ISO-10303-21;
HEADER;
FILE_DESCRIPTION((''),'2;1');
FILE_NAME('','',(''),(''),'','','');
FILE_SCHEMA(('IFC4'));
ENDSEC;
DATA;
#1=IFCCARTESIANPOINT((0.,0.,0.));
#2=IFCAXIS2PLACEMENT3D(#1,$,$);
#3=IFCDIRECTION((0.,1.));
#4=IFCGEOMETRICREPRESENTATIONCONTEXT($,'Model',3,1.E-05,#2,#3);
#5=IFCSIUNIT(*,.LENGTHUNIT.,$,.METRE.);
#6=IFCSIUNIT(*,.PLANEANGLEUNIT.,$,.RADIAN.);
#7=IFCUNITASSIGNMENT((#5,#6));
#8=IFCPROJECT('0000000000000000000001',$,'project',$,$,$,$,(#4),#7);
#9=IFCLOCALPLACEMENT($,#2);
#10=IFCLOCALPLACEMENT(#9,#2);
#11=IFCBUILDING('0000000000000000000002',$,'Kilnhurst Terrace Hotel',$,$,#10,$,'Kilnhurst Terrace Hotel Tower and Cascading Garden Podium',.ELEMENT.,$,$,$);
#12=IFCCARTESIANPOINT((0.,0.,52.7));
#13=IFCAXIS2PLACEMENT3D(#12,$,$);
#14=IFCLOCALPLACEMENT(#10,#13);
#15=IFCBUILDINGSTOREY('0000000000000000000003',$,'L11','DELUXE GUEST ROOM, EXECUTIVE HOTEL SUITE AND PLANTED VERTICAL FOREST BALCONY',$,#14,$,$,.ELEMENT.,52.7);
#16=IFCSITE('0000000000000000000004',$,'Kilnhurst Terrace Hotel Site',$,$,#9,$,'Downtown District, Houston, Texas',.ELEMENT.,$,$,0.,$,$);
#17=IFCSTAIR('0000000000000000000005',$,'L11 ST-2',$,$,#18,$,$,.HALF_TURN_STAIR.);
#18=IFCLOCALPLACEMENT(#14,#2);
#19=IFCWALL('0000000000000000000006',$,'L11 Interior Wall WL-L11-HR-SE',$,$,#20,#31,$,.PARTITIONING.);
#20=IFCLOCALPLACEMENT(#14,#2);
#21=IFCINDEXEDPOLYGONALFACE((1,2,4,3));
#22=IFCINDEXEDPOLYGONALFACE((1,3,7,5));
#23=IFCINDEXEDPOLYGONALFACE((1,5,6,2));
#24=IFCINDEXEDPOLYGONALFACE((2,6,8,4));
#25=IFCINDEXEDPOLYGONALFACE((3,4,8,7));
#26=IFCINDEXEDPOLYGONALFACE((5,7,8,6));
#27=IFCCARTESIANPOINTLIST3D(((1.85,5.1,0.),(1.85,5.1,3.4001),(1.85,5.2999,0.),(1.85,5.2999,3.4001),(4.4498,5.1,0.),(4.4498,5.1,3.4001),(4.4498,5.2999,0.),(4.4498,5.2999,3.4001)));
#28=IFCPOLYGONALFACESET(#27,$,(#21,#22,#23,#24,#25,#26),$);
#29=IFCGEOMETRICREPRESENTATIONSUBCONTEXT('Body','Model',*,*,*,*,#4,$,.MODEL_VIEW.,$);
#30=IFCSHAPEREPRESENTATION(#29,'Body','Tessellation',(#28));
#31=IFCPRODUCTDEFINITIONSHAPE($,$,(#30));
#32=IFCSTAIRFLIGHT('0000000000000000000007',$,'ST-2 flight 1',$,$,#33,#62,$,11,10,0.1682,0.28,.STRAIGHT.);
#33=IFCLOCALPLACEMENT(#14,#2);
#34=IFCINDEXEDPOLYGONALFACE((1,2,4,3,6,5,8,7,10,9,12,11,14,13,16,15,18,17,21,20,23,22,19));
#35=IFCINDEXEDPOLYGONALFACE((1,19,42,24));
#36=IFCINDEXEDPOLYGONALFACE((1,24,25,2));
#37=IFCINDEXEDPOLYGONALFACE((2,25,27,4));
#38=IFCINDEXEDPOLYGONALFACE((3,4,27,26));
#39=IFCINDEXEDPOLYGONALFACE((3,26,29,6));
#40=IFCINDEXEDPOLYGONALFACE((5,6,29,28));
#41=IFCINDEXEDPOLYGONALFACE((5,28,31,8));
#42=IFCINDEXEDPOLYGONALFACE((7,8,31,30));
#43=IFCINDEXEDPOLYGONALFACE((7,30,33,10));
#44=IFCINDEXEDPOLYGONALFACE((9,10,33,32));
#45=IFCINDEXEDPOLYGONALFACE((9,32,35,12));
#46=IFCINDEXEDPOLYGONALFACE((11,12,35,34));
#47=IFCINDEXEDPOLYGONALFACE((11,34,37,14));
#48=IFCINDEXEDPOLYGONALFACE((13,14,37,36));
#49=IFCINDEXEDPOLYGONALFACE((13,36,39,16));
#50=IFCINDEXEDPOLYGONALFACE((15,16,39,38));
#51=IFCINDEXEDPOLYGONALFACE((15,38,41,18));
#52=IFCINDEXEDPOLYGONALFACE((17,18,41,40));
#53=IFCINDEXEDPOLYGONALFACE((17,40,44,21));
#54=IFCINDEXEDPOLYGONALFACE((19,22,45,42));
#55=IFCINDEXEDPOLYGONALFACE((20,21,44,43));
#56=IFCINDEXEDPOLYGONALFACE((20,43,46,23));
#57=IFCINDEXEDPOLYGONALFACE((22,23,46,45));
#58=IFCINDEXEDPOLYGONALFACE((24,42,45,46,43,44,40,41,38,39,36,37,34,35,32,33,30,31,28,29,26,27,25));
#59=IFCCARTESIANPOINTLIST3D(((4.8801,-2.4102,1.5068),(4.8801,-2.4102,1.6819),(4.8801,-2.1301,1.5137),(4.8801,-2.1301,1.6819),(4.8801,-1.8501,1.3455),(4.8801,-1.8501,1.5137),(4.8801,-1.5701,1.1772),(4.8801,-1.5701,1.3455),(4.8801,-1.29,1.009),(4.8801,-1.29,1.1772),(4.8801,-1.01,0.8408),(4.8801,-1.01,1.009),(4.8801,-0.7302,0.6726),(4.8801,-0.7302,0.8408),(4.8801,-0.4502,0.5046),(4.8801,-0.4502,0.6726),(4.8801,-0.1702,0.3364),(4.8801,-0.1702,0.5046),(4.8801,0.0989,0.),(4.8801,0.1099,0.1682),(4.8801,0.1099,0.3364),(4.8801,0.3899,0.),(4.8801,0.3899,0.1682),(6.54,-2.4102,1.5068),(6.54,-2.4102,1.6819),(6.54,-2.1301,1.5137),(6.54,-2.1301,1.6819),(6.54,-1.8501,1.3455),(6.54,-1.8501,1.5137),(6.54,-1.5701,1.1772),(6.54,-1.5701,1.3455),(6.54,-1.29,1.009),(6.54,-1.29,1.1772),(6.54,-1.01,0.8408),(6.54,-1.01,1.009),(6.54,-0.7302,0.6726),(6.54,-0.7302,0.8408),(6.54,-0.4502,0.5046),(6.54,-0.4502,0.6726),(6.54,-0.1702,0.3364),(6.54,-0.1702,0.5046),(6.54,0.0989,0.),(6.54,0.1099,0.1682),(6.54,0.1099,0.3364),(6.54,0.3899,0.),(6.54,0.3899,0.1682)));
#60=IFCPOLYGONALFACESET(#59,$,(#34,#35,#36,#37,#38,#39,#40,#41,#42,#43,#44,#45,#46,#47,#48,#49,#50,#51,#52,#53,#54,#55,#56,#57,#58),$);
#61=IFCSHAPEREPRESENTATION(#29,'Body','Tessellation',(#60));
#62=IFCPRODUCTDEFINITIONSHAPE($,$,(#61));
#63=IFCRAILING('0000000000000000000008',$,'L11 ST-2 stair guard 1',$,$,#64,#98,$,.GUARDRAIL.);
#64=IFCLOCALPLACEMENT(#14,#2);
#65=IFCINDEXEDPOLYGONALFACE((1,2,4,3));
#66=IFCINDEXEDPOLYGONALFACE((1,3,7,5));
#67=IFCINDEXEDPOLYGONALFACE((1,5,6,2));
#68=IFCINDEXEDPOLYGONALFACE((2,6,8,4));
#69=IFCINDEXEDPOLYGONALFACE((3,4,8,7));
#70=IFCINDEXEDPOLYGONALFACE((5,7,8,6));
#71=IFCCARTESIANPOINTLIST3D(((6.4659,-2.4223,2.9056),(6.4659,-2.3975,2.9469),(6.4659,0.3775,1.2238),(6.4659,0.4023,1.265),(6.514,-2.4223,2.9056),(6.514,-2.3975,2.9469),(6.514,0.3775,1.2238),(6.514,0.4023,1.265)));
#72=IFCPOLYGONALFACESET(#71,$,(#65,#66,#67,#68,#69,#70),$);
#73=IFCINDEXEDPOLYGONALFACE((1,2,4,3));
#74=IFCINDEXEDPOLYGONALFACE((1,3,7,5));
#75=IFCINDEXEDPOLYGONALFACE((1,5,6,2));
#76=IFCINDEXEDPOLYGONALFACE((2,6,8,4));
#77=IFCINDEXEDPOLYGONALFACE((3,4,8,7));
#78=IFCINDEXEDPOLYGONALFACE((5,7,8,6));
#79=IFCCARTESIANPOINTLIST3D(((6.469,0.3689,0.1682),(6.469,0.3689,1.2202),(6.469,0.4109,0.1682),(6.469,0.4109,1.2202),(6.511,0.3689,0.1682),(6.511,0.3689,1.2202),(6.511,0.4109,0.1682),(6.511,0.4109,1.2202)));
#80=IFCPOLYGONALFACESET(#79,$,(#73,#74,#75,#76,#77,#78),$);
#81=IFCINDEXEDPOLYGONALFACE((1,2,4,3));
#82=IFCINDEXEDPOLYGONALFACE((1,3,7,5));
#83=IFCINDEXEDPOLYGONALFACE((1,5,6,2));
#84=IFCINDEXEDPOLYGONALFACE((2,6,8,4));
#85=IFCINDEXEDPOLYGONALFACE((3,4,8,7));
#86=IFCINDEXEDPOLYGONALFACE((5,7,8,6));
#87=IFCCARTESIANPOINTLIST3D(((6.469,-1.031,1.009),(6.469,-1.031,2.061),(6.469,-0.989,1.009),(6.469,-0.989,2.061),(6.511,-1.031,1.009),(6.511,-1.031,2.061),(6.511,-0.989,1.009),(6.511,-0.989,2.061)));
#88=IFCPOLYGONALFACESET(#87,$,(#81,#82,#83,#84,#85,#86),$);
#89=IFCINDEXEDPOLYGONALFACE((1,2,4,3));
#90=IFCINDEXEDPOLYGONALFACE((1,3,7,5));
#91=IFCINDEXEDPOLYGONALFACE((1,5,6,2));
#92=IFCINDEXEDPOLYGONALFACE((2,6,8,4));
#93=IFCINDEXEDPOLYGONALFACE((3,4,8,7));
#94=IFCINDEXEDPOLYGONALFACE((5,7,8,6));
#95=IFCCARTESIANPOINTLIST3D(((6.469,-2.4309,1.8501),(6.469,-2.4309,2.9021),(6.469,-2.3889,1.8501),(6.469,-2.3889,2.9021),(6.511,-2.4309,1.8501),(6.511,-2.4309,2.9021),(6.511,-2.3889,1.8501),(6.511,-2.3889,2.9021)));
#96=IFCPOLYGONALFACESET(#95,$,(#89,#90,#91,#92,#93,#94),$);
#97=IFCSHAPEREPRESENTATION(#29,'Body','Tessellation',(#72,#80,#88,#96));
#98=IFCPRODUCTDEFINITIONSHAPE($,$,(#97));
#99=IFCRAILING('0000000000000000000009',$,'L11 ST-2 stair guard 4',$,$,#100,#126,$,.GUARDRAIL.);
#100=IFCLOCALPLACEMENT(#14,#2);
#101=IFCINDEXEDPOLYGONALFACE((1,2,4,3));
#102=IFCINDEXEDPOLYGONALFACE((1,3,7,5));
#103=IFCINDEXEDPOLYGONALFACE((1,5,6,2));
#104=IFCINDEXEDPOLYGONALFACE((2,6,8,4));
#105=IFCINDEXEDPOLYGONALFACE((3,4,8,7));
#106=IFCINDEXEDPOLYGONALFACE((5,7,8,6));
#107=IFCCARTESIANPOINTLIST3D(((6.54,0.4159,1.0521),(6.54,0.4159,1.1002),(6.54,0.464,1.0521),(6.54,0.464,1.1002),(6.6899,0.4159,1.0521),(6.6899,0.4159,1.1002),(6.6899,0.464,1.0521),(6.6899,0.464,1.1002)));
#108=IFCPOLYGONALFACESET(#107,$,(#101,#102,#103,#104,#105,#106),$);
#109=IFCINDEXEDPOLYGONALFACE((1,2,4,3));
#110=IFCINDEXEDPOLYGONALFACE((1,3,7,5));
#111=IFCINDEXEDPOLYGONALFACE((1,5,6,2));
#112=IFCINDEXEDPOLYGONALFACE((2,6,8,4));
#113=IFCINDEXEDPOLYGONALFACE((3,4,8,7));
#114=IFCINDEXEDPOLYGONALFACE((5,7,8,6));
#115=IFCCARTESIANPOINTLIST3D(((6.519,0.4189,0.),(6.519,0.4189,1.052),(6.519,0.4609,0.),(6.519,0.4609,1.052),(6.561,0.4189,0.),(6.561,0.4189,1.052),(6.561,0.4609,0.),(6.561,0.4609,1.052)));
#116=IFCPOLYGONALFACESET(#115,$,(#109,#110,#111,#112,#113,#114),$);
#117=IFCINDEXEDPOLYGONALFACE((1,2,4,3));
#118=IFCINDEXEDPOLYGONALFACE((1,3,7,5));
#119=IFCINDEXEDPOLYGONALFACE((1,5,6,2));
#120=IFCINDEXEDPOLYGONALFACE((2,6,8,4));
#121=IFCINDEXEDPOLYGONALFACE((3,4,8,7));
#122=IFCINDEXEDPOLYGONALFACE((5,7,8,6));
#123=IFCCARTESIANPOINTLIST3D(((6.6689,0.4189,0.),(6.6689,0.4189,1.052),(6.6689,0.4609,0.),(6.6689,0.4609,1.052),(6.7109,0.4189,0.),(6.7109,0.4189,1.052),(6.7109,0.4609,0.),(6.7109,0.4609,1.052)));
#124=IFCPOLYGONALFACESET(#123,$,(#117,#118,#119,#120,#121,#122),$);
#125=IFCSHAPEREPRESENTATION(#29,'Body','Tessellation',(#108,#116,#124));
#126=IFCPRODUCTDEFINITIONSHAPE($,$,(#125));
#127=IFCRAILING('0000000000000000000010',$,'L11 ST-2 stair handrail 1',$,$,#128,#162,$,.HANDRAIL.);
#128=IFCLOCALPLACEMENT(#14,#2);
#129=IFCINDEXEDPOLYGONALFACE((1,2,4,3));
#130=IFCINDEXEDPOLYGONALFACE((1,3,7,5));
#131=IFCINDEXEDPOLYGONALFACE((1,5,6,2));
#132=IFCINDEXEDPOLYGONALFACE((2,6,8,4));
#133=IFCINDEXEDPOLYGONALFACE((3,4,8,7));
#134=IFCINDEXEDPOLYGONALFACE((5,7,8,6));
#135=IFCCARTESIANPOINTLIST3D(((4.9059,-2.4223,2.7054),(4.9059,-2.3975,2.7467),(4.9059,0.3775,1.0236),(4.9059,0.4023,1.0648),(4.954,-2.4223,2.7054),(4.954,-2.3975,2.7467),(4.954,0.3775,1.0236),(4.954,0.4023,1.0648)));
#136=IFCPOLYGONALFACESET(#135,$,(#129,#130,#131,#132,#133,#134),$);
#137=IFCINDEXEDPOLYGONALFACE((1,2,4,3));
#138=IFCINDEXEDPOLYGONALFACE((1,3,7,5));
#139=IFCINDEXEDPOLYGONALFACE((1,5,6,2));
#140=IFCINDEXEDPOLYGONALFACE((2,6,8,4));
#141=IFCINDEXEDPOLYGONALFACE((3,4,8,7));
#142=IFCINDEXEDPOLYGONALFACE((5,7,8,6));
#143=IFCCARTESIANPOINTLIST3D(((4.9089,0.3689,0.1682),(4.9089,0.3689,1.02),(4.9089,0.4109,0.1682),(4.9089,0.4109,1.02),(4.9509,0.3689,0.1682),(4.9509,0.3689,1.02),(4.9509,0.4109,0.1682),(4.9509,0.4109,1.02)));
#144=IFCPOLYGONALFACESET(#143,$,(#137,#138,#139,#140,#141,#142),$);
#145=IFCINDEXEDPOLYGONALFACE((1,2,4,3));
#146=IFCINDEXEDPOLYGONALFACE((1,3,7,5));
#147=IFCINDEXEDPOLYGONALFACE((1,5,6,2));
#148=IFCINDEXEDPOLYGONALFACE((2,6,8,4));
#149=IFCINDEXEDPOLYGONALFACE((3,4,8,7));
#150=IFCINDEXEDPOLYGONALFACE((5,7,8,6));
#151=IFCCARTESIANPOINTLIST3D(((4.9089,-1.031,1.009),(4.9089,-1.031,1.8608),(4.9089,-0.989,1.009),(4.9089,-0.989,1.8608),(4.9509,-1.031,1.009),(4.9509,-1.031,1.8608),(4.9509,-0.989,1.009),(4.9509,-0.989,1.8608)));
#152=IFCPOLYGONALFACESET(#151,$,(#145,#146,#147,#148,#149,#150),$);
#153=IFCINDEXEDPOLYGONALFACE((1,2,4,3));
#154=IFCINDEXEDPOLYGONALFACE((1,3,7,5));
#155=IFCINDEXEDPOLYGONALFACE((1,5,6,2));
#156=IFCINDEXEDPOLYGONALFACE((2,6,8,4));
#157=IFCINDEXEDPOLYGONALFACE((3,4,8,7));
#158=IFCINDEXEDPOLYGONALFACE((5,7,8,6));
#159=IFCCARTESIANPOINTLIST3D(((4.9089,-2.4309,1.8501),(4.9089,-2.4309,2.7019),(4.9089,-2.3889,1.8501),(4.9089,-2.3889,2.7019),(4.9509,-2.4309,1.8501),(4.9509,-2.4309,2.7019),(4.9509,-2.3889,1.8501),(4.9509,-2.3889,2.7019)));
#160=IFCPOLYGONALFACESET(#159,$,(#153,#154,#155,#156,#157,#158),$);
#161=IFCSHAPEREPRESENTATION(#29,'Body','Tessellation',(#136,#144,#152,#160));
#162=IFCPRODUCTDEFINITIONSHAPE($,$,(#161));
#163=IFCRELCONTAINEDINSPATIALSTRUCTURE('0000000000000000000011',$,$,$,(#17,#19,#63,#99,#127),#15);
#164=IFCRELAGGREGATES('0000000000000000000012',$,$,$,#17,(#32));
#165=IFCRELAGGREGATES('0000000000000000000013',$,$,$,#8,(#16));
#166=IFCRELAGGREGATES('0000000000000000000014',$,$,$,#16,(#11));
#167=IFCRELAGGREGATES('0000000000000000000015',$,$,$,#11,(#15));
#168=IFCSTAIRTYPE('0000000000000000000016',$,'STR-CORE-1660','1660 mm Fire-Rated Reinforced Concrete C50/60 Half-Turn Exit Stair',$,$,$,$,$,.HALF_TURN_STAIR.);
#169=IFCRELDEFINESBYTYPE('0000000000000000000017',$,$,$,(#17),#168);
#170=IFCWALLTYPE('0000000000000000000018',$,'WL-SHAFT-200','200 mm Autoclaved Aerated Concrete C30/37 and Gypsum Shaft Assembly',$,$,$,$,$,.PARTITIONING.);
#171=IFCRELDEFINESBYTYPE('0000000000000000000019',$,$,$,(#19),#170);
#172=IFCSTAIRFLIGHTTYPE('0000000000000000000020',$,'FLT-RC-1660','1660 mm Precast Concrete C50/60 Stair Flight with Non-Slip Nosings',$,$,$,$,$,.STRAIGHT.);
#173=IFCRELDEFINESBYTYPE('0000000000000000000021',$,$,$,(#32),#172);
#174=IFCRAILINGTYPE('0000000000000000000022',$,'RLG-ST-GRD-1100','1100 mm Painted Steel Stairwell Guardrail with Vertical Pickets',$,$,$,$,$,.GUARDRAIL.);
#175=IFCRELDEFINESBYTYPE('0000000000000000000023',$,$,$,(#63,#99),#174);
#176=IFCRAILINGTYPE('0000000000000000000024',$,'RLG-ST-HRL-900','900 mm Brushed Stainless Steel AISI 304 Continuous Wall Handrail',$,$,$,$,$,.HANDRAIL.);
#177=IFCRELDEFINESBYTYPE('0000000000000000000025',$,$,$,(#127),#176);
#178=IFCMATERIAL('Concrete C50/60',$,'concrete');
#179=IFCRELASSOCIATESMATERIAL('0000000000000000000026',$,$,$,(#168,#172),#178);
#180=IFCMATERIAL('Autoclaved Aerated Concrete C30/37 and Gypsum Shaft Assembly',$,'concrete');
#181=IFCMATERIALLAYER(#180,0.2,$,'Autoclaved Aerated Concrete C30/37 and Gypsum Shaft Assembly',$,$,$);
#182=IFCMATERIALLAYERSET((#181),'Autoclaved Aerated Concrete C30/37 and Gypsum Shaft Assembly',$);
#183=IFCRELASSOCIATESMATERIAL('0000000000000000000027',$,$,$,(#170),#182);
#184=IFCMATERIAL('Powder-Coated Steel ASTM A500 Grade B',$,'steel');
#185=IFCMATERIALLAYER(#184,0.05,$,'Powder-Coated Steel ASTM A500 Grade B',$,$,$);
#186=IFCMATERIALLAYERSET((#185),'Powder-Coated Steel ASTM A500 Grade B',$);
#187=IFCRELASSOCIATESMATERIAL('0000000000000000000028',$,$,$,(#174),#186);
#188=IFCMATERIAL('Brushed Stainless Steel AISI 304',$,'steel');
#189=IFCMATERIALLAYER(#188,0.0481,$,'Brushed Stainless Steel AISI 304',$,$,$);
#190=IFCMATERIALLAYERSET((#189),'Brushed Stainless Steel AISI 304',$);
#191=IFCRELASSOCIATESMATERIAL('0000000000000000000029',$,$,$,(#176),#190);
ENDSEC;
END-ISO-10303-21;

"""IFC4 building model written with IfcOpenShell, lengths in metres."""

from ifc_helpers import new_model, si_unit, direction, frame, frame_2d, origin, origin_2d, place, context, subcontext, project, spatial, polyline, rectangle, outline, extrude, material, layer, layer_set, type_object, element, aggregate, save


model = new_model("IFC4")

# Units and contexts
model_context = context("Model", 3, precision=1e-05, world=origin(), true_north=direction((0.0, 1.0)))
body_context = subcontext(model_context, "Body", "Model", "MODEL_VIEW")
ifc_project = project(units=[si_unit("LENGTHUNIT", "METRE"), si_unit("PLANEANGLEUNIT", "RADIAN")], contexts=[model_context])

# Site, building, storey
site_placement = place(None, origin())
site = spatial("IfcSite", under=ifc_project, at=site_placement, Name="Kilnhurst Terrace Hotel Site", LongName="Downtown District, Houston, Texas", CompositionType="ELEMENT", RefElevation=0.0)
building_placement = place(site_placement, origin())
building = spatial("IfcBuilding", under=site, at=building_placement, Name="Kilnhurst Terrace Hotel", LongName="Kilnhurst Terrace Hotel Tower and Cascading Garden Podium", CompositionType="ELEMENT")
storey_placement = place(building_placement, frame((0.0, 0.0, 52.7)))
storey = spatial("IfcBuildingStorey", under=building, at=storey_placement, Name="L11", Description="DELUXE GUEST ROOM, EXECUTIVE HOTEL SUITE AND PLANTED VERTICAL FOREST BALCONY", CompositionType="ELEMENT", Elevation=52.7)

# Shared definitions
ifc_material_1 = material(Name="Concrete C50/60", Category="concrete")

# Stair
stair_type = type_object("IfcStairType", Name="STR-CORE-1660", Description="1660 mm Fire-Rated Reinforced Concrete C50/60 Half-Turn Exit Stair", PredefinedType="HALF_TURN_STAIR", material=ifc_material_1)
stair_1_placement = place(storey_placement, origin())
stair_1 = element("IfcStair", 1, at=stair_1_placement, inside=storey, type_object=stair_type, Name="L11 ST-2", PredefinedType="HALF_TURN_STAIR")

# Shared definitions
ifc_material_2 = material(Name="Autoclaved Aerated Concrete C30/37 and Gypsum Shaft Assembly", Category="concrete")
ifc_layer_1 = layer(ifc_material_2, 0.2, Name="Autoclaved Aerated Concrete C30/37 and Gypsum Shaft Assembly")
ifc_layer_set_1 = layer_set([ifc_layer_1], Name="Autoclaved Aerated Concrete C30/37 and Gypsum Shaft Assembly")
wall_type_1 = type_object("IfcWallType", Name="WL-SHAFT-200", Description="200 mm Autoclaved Aerated Concrete C30/37 and Gypsum Shaft Assembly", PredefinedType="PARTITIONING", material=ifc_layer_set_1)

# Wall
wall_1_placement = place(storey_placement, frame((1.8501, 5.2, 0.0), z_axis=(0.0, 0.0, 1.0), x_axis=(1.0, 0.0, 0.0)))
element("IfcWall", 2, at=wall_1_placement, inside=storey, type_object=wall_type_1, Name="L11 Interior Wall WL-L11-HR-SE", PredefinedType="PARTITIONING", context=body_context, shape_type="SweptSolid", body=[
    extrude(rectangle(XDim=2.5999, YDim=0.2, at=frame_2d((1.2998, 0.0))), origin(), (0.0, 0.0, 1.0), 3.4001),
])

# Stair flight
stair_flight_type = type_object("IfcStairFlightType", Name="FLT-RC-1660", Description="1660 mm Precast Concrete C50/60 Stair Flight with Non-Slip Nosings", PredefinedType="STRAIGHT", material=ifc_material_1)
stair_flight_placement = place(storey_placement, frame((5.71, 0.3899, 0.0), z_axis=(0.0, 0.0, 1.0), x_axis=(0.0, -1.0, 0.0)))
stair_flight = element("IfcStairFlight", 3, at=stair_flight_placement, type_object=stair_flight_type, Name="ST-2 flight 1", NumberOfRisers=11, NumberOfTreads=10, PredefinedType="STRAIGHT", RiserHeight=0.1682, TreadLength=0.28, context=body_context, shape_type="SweptSolid", body=[
    extrude(outline(polyline([(0.0, 0.0), (0.0, 0.1682), (0.28, 0.1682), (0.28, 0.3364), (0.5601, 0.3364), (0.5601, 0.5046), (0.8401, 0.5046), (0.8401, 0.6726), (1.1201, 0.6726), (1.1201, 0.8408), (1.3999, 0.8408), (1.3999, 1.009), (1.6799, 1.009), (1.6799, 1.1772), (1.96, 1.1772), (1.96, 1.3455), (2.24, 1.3455), (2.24, 1.5137), (2.52, 1.5137), (2.52, 1.6819), (2.8, 1.6819), (2.8, 1.8501), (2.8, 1.5068), (0.291, 0.0), (0.0, 0.0)])), frame((0.0, 0.8301, 0.0), z_axis=(0.0, -1.0, 0.0), x_axis=(1.0, 0.0, 0.0)), (0.0, 0.0, 1.0), 1.6599),
])
aggregate(stair_1, [stair_flight])

# Railings
ifc_material_3 = material(Name="Powder-Coated Steel ASTM A500 Grade B", Category="steel")
ifc_layer_2 = layer(ifc_material_3, 0.05, Name="Powder-Coated Steel ASTM A500 Grade B")
ifc_layer_set_2 = layer_set([ifc_layer_2], Name="Powder-Coated Steel ASTM A500 Grade B")
railing_type_1 = type_object("IfcRailingType", Name="RLG-ST-GRD-1100", Description="1100 mm Painted Steel Stairwell Guardrail with Vertical Pickets", PredefinedType="GUARDRAIL", material=ifc_layer_set_2)
railing_1_placement = place(storey_placement, frame((6.49, 0.3899, 0.1682)))
element("IfcRailing", 4, at=railing_1_placement, inside=storey, type_object=railing_type_1, Name="L11 ST-2 stair guard 1", PredefinedType="GUARDRAIL", context=body_context, shape_type="SweptSolid", body=[
    extrude(rectangle(XDim=0.0481, YDim=0.0481, at=origin_2d()), frame((0.0, 0.0, 1.0762), z_axis=(0.0, -0.857222, 0.514946), x_axis=(1.0, 0.0, 0.0)), (0.0, 0.0, 1.0), 3.2661),
    extrude(rectangle(XDim=0.042, YDim=0.042, at=origin_2d()), origin(), (0.0, 0.0, 1.0), 1.052),
    extrude(rectangle(XDim=0.042, YDim=0.042, at=origin_2d()), frame((0.0, -1.3999, 0.8408)), (0.0, 0.0, 1.0), 1.052),
    extrude(rectangle(XDim=0.042, YDim=0.042, at=origin_2d()), frame((0.0, -2.7998, 1.6819)), (0.0, 0.0, 1.0), 1.052),
])
railing_2_placement = place(storey_placement, frame((6.54, 0.4399, 0.0)))
element("IfcRailing", 5, at=railing_2_placement, inside=storey, type_object=railing_type_1, Name="L11 ST-2 stair guard 4", PredefinedType="GUARDRAIL", context=body_context, shape_type="SweptSolid", body=[
    extrude(rectangle(XDim=0.0481, YDim=0.0481, at=origin_2d()), frame((0.0, 0.0, 1.0762), z_axis=(1.0, 0.0, 0.0), x_axis=(0.0, 1.0, 0.0)), (0.0, 0.0, 1.0), 0.1499),
    extrude(rectangle(XDim=0.042, YDim=0.042, at=origin_2d()), origin(), (0.0, 0.0, 1.0), 1.052),
    extrude(rectangle(XDim=0.042, YDim=0.042, at=origin_2d()), frame((0.1499, 0.0, 0.0)), (0.0, 0.0, 1.0), 1.052),
])
ifc_material_4 = material(Name="Brushed Stainless Steel AISI 304", Category="steel")
ifc_layer_3 = layer(ifc_material_4, 0.0481, Name="Brushed Stainless Steel AISI 304")
ifc_layer_set_3 = layer_set([ifc_layer_3], Name="Brushed Stainless Steel AISI 304")
railing_type_2 = type_object("IfcRailingType", Name="RLG-ST-HRL-900", Description="900 mm Brushed Stainless Steel AISI 304 Continuous Wall Handrail", PredefinedType="HANDRAIL", material=ifc_layer_set_3)
railing_3_placement = place(storey_placement, frame((4.9299, 0.3899, 0.1682)))
element("IfcRailing", 6, at=railing_3_placement, inside=storey, type_object=railing_type_2, Name="L11 ST-2 stair handrail 1", PredefinedType="HANDRAIL", context=body_context, shape_type="SweptSolid", body=[
    extrude(rectangle(XDim=0.0481, YDim=0.0481, at=origin_2d()), frame((0.0, 0.0, 0.876), z_axis=(0.0, -0.857222, 0.514946), x_axis=(1.0, 0.0, 0.0)), (0.0, 0.0, 1.0), 3.2661),
    extrude(rectangle(XDim=0.042, YDim=0.042, at=origin_2d()), origin(), (0.0, 0.0, 1.0), 0.8518),
    extrude(rectangle(XDim=0.042, YDim=0.042, at=origin_2d()), frame((0.0, -1.3999, 0.8408)), (0.0, 0.0, 1.0), 0.8518),
    extrude(rectangle(XDim=0.042, YDim=0.042, at=origin_2d()), frame((0.0, -2.7998, 1.6819)), (0.0, 0.0, 1.0), 0.8518),
])

save(model, "model.ifc")
